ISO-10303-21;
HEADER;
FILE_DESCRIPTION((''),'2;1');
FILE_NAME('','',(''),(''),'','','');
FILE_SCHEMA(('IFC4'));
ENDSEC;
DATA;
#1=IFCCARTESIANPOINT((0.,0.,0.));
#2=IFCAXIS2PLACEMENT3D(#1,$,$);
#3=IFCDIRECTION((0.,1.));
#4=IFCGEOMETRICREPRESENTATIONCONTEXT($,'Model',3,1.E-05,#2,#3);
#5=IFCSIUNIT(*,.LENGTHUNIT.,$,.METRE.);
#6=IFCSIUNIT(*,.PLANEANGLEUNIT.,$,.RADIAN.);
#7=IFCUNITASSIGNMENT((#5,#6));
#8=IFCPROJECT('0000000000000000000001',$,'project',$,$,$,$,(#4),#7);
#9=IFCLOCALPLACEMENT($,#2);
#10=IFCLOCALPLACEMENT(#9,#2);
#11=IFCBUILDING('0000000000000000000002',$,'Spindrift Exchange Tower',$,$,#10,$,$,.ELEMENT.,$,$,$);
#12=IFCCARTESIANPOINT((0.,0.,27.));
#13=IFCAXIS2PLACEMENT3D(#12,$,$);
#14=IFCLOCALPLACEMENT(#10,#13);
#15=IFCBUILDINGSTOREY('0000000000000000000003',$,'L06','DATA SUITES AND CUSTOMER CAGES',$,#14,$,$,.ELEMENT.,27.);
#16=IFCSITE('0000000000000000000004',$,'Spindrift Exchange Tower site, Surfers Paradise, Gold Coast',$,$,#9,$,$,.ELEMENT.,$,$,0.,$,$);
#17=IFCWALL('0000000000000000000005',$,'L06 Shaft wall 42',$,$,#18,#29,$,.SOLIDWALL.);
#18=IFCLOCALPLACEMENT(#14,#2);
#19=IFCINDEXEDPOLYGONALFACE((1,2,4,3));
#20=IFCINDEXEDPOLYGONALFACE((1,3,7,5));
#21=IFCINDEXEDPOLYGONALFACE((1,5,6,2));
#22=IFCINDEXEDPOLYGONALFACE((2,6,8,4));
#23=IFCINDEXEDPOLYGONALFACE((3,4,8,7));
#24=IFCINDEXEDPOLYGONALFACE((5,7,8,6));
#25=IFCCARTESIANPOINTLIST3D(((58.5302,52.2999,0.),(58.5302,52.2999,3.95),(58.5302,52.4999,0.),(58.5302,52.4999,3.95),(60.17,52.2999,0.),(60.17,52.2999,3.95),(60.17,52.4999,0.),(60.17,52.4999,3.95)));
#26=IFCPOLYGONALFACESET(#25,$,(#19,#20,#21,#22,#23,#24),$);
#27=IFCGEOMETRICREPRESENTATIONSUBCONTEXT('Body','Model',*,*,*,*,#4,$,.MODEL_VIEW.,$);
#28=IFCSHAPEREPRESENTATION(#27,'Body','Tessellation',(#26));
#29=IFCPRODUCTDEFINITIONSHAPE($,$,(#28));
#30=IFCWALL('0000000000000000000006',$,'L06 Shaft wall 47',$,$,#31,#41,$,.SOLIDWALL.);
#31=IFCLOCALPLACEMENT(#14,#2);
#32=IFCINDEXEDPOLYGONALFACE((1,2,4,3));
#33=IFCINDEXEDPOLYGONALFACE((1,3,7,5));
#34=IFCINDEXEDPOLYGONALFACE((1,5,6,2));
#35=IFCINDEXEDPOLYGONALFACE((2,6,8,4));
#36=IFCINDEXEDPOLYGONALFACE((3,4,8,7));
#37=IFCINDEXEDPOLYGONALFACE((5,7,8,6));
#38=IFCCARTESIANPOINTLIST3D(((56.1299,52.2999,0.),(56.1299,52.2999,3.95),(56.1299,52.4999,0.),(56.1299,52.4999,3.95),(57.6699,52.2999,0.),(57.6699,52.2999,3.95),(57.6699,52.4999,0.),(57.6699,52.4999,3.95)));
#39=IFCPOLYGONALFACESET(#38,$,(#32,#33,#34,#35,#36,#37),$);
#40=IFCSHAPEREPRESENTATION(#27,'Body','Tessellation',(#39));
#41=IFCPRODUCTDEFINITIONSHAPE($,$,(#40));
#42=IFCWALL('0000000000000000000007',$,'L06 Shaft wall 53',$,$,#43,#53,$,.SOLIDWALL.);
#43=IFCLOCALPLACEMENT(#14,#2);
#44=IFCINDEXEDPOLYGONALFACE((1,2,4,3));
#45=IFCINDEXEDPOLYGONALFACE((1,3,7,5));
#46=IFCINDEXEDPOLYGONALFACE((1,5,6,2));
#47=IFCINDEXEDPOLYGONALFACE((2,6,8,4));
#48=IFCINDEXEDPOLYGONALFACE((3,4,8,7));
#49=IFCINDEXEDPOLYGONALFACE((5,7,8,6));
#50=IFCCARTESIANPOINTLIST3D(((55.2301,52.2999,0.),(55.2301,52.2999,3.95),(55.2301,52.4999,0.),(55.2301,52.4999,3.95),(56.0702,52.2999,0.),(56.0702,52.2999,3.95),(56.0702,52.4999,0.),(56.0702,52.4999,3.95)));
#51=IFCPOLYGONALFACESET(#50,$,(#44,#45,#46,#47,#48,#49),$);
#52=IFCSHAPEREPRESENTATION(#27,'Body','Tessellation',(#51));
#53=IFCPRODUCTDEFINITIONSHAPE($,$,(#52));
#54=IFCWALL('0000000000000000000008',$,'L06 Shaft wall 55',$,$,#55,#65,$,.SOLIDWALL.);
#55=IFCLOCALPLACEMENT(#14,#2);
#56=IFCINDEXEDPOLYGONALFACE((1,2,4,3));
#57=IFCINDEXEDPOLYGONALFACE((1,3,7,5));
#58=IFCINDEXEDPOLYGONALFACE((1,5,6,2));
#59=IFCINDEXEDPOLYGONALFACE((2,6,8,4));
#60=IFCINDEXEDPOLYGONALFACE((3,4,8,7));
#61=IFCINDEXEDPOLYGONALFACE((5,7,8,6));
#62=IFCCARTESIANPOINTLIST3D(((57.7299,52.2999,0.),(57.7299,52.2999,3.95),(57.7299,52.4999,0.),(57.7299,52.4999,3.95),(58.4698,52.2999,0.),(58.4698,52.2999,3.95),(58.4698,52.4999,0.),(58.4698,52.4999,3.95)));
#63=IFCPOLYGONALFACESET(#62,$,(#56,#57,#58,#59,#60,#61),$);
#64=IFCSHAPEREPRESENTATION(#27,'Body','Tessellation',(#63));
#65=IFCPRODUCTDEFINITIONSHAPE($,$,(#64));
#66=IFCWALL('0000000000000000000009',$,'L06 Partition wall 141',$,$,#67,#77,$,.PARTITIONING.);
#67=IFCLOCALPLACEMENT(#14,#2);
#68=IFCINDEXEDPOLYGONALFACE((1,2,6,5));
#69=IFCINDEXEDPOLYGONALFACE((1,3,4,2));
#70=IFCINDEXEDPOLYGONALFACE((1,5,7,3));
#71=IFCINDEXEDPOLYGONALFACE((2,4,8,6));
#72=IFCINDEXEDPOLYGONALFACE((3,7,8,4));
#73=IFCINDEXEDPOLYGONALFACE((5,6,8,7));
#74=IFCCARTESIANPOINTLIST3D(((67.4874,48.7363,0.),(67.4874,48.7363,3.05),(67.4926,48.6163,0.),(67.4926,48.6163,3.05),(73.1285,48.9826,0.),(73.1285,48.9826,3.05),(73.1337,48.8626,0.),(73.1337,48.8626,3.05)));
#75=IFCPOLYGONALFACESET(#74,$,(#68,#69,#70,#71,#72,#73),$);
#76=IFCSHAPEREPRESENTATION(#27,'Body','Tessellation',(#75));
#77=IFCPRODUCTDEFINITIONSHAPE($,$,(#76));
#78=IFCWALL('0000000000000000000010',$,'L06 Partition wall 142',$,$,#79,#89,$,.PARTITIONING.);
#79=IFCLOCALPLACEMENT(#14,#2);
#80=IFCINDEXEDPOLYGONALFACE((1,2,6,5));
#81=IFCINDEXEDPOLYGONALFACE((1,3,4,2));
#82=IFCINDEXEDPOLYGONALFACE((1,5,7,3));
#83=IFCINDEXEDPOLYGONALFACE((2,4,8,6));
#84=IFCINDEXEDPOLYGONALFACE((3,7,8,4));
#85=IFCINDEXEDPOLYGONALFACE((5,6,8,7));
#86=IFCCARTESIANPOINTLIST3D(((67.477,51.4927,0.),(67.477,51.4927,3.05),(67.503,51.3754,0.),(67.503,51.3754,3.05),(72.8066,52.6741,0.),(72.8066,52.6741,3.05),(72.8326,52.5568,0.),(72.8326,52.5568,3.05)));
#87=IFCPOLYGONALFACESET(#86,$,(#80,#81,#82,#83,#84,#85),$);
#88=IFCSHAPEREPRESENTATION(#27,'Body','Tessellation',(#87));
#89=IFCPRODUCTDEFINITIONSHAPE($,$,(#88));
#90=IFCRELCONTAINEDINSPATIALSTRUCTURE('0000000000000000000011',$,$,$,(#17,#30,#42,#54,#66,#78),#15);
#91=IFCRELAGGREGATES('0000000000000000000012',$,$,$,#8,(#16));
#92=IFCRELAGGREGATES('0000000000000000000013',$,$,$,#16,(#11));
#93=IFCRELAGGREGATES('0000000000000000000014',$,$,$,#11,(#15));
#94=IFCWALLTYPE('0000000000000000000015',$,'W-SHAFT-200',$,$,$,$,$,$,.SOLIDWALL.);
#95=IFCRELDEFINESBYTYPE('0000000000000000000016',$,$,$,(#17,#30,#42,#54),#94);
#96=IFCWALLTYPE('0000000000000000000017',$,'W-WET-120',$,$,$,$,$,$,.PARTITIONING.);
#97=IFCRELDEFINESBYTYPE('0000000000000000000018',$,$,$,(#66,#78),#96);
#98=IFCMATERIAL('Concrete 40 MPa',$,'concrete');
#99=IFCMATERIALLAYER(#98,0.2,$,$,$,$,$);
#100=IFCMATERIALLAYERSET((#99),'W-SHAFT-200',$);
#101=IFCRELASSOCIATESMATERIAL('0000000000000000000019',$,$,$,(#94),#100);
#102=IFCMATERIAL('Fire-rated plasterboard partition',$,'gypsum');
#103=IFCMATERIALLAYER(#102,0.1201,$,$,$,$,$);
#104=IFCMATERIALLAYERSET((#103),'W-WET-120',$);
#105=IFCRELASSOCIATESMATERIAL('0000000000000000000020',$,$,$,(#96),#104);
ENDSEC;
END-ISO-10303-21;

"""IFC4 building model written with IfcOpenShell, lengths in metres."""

from ifc_helpers import new_model, si_unit, direction, frame, frame_2d, origin, place, context, subcontext, project, spatial, rectangle, extrude, material, layer, layer_set, type_object, element, save


model = new_model("IFC4")

# Units and contexts
model_context = context("Model", 3, precision=1e-05, world=origin(), true_north=direction((0.0, 1.0)))
body_context = subcontext(model_context, "Body", "Model", "MODEL_VIEW")
ifc_project = project(units=[si_unit("LENGTHUNIT", "METRE"), si_unit("PLANEANGLEUNIT", "RADIAN")], contexts=[model_context])

# Site, building, storey
site_placement = place(None, origin())
site = spatial("IfcSite", under=ifc_project, at=site_placement, Name="Spindrift Exchange Tower site, Surfers Paradise, Gold Coast", CompositionType="ELEMENT", RefElevation=0.0)
building_placement = place(site_placement, origin())
building = spatial("IfcBuilding", under=site, at=building_placement, Name="Spindrift Exchange Tower", CompositionType="ELEMENT")
storey_placement = place(building_placement, frame((0.0, 0.0, 27.0)))
storey = spatial("IfcBuildingStorey", under=building, at=storey_placement, Name="L06", Description="DATA SUITES AND CUSTOMER CAGES", CompositionType="ELEMENT", Elevation=27.0)

# Walls
ifc_material_1 = material(Name="Fire-rated plasterboard partition", Category="gypsum")
ifc_material_2 = material(Name="Concrete 40 MPa", Category="concrete")
ifc_layer_1 = layer(ifc_material_2, 0.2)
ifc_layer_set_1 = layer_set([ifc_layer_1], Name="W-SHAFT-200")
wall_type_1 = type_object("IfcWallType", Name="W-SHAFT-200", PredefinedType="SOLIDWALL", material=ifc_layer_set_1)
wall_1_placement = place(storey_placement, frame((60.1699, 52.3999, 0.0), z_axis=(0.0, 0.0, 1.0), x_axis=(-1.0, 0.0, 0.0)))
element("IfcWall", 1, at=wall_1_placement, inside=storey, type_object=wall_type_1, Name="L06 Shaft wall 42", PredefinedType="SOLIDWALL", context=body_context, shape_type="SweptSolid", body=[
    extrude(rectangle(XDim=1.6399, YDim=0.2, at=frame_2d((0.8198, 0.0))), origin(), (0.0, 0.0, 1.0), 3.95),
])
wall_2_placement = place(storey_placement, frame((57.6699, 52.3999, 0.0), z_axis=(0.0, 0.0, 1.0), x_axis=(-1.0, 0.0, 0.0)))
element("IfcWall", 2, at=wall_2_placement, inside=storey, type_object=wall_type_1, Name="L06 Shaft wall 47", PredefinedType="SOLIDWALL", context=body_context, shape_type="SweptSolid", body=[
    extrude(rectangle(XDim=1.54, YDim=0.2, at=frame_2d((0.77, 0.0))), origin(), (0.0, 0.0, 1.0), 3.95),
])
wall_3_placement = place(storey_placement, frame((56.0701, 52.3999, 0.0), z_axis=(0.0, 0.0, 1.0), x_axis=(-1.0, 0.0, 0.0)))
element("IfcWall", 3, at=wall_3_placement, inside=storey, type_object=wall_type_1, Name="L06 Shaft wall 53", PredefinedType="SOLIDWALL", context=body_context, shape_type="SweptSolid", body=[
    extrude(rectangle(XDim=0.8401, YDim=0.2, at=frame_2d((0.4199, 0.0))), origin(), (0.0, 0.0, 1.0), 3.95),
])
wall_4_placement = place(storey_placement, frame((58.47, 52.3999, 0.0), z_axis=(0.0, 0.0, 1.0), x_axis=(-1.0, 0.0, 0.0)))
element("IfcWall", 4, at=wall_4_placement, inside=storey, type_object=wall_type_1, Name="L06 Shaft wall 55", PredefinedType="SOLIDWALL", context=body_context, shape_type="SweptSolid", body=[
    extrude(rectangle(XDim=0.74, YDim=0.2, at=frame_2d((0.3701, 0.0))), origin(), (0.0, 0.0, 1.0), 3.95),
])
ifc_layer_2 = layer(ifc_material_1, 0.1201)
ifc_layer_set_2 = layer_set([ifc_layer_2], Name="W-WET-120")
wall_type_2 = type_object("IfcWallType", Name="W-WET-120", PredefinedType="PARTITIONING", material=ifc_layer_set_2)
wall_5_placement = place(storey_placement, frame((67.49, 48.6763, 0.0), z_axis=(0.0, 0.0, 1.0), x_axis=(0.999048, 0.043627, 0.0)))
element("IfcWall", 5, at=wall_5_placement, inside=storey, type_object=wall_type_2, Name="L06 Partition wall 141", PredefinedType="PARTITIONING", context=body_context, shape_type="SweptSolid", body=[
    extrude(rectangle(XDim=5.6465, YDim=0.1201, at=frame_2d((2.8232, 0.0))), origin(), (0.0, 0.0, 1.0), 3.05),
])
wall_6_placement = place(storey_placement, frame((67.49, 51.4341, 0.0), z_axis=(0.0, 0.0, 1.0), x_axis=(0.976302, 0.216414, 0.0)))
element("IfcWall", 6, at=wall_6_placement, inside=storey, type_object=wall_type_2, Name="L06 Partition wall 142", PredefinedType="PARTITIONING", context=body_context, shape_type="SweptSolid", body=[
    extrude(rectangle(XDim=5.459, YDim=0.1201, at=frame_2d((2.7295, 0.0))), origin(), (0.0, 0.0, 1.0), 3.05),
])

save(model, "model.ifc")
